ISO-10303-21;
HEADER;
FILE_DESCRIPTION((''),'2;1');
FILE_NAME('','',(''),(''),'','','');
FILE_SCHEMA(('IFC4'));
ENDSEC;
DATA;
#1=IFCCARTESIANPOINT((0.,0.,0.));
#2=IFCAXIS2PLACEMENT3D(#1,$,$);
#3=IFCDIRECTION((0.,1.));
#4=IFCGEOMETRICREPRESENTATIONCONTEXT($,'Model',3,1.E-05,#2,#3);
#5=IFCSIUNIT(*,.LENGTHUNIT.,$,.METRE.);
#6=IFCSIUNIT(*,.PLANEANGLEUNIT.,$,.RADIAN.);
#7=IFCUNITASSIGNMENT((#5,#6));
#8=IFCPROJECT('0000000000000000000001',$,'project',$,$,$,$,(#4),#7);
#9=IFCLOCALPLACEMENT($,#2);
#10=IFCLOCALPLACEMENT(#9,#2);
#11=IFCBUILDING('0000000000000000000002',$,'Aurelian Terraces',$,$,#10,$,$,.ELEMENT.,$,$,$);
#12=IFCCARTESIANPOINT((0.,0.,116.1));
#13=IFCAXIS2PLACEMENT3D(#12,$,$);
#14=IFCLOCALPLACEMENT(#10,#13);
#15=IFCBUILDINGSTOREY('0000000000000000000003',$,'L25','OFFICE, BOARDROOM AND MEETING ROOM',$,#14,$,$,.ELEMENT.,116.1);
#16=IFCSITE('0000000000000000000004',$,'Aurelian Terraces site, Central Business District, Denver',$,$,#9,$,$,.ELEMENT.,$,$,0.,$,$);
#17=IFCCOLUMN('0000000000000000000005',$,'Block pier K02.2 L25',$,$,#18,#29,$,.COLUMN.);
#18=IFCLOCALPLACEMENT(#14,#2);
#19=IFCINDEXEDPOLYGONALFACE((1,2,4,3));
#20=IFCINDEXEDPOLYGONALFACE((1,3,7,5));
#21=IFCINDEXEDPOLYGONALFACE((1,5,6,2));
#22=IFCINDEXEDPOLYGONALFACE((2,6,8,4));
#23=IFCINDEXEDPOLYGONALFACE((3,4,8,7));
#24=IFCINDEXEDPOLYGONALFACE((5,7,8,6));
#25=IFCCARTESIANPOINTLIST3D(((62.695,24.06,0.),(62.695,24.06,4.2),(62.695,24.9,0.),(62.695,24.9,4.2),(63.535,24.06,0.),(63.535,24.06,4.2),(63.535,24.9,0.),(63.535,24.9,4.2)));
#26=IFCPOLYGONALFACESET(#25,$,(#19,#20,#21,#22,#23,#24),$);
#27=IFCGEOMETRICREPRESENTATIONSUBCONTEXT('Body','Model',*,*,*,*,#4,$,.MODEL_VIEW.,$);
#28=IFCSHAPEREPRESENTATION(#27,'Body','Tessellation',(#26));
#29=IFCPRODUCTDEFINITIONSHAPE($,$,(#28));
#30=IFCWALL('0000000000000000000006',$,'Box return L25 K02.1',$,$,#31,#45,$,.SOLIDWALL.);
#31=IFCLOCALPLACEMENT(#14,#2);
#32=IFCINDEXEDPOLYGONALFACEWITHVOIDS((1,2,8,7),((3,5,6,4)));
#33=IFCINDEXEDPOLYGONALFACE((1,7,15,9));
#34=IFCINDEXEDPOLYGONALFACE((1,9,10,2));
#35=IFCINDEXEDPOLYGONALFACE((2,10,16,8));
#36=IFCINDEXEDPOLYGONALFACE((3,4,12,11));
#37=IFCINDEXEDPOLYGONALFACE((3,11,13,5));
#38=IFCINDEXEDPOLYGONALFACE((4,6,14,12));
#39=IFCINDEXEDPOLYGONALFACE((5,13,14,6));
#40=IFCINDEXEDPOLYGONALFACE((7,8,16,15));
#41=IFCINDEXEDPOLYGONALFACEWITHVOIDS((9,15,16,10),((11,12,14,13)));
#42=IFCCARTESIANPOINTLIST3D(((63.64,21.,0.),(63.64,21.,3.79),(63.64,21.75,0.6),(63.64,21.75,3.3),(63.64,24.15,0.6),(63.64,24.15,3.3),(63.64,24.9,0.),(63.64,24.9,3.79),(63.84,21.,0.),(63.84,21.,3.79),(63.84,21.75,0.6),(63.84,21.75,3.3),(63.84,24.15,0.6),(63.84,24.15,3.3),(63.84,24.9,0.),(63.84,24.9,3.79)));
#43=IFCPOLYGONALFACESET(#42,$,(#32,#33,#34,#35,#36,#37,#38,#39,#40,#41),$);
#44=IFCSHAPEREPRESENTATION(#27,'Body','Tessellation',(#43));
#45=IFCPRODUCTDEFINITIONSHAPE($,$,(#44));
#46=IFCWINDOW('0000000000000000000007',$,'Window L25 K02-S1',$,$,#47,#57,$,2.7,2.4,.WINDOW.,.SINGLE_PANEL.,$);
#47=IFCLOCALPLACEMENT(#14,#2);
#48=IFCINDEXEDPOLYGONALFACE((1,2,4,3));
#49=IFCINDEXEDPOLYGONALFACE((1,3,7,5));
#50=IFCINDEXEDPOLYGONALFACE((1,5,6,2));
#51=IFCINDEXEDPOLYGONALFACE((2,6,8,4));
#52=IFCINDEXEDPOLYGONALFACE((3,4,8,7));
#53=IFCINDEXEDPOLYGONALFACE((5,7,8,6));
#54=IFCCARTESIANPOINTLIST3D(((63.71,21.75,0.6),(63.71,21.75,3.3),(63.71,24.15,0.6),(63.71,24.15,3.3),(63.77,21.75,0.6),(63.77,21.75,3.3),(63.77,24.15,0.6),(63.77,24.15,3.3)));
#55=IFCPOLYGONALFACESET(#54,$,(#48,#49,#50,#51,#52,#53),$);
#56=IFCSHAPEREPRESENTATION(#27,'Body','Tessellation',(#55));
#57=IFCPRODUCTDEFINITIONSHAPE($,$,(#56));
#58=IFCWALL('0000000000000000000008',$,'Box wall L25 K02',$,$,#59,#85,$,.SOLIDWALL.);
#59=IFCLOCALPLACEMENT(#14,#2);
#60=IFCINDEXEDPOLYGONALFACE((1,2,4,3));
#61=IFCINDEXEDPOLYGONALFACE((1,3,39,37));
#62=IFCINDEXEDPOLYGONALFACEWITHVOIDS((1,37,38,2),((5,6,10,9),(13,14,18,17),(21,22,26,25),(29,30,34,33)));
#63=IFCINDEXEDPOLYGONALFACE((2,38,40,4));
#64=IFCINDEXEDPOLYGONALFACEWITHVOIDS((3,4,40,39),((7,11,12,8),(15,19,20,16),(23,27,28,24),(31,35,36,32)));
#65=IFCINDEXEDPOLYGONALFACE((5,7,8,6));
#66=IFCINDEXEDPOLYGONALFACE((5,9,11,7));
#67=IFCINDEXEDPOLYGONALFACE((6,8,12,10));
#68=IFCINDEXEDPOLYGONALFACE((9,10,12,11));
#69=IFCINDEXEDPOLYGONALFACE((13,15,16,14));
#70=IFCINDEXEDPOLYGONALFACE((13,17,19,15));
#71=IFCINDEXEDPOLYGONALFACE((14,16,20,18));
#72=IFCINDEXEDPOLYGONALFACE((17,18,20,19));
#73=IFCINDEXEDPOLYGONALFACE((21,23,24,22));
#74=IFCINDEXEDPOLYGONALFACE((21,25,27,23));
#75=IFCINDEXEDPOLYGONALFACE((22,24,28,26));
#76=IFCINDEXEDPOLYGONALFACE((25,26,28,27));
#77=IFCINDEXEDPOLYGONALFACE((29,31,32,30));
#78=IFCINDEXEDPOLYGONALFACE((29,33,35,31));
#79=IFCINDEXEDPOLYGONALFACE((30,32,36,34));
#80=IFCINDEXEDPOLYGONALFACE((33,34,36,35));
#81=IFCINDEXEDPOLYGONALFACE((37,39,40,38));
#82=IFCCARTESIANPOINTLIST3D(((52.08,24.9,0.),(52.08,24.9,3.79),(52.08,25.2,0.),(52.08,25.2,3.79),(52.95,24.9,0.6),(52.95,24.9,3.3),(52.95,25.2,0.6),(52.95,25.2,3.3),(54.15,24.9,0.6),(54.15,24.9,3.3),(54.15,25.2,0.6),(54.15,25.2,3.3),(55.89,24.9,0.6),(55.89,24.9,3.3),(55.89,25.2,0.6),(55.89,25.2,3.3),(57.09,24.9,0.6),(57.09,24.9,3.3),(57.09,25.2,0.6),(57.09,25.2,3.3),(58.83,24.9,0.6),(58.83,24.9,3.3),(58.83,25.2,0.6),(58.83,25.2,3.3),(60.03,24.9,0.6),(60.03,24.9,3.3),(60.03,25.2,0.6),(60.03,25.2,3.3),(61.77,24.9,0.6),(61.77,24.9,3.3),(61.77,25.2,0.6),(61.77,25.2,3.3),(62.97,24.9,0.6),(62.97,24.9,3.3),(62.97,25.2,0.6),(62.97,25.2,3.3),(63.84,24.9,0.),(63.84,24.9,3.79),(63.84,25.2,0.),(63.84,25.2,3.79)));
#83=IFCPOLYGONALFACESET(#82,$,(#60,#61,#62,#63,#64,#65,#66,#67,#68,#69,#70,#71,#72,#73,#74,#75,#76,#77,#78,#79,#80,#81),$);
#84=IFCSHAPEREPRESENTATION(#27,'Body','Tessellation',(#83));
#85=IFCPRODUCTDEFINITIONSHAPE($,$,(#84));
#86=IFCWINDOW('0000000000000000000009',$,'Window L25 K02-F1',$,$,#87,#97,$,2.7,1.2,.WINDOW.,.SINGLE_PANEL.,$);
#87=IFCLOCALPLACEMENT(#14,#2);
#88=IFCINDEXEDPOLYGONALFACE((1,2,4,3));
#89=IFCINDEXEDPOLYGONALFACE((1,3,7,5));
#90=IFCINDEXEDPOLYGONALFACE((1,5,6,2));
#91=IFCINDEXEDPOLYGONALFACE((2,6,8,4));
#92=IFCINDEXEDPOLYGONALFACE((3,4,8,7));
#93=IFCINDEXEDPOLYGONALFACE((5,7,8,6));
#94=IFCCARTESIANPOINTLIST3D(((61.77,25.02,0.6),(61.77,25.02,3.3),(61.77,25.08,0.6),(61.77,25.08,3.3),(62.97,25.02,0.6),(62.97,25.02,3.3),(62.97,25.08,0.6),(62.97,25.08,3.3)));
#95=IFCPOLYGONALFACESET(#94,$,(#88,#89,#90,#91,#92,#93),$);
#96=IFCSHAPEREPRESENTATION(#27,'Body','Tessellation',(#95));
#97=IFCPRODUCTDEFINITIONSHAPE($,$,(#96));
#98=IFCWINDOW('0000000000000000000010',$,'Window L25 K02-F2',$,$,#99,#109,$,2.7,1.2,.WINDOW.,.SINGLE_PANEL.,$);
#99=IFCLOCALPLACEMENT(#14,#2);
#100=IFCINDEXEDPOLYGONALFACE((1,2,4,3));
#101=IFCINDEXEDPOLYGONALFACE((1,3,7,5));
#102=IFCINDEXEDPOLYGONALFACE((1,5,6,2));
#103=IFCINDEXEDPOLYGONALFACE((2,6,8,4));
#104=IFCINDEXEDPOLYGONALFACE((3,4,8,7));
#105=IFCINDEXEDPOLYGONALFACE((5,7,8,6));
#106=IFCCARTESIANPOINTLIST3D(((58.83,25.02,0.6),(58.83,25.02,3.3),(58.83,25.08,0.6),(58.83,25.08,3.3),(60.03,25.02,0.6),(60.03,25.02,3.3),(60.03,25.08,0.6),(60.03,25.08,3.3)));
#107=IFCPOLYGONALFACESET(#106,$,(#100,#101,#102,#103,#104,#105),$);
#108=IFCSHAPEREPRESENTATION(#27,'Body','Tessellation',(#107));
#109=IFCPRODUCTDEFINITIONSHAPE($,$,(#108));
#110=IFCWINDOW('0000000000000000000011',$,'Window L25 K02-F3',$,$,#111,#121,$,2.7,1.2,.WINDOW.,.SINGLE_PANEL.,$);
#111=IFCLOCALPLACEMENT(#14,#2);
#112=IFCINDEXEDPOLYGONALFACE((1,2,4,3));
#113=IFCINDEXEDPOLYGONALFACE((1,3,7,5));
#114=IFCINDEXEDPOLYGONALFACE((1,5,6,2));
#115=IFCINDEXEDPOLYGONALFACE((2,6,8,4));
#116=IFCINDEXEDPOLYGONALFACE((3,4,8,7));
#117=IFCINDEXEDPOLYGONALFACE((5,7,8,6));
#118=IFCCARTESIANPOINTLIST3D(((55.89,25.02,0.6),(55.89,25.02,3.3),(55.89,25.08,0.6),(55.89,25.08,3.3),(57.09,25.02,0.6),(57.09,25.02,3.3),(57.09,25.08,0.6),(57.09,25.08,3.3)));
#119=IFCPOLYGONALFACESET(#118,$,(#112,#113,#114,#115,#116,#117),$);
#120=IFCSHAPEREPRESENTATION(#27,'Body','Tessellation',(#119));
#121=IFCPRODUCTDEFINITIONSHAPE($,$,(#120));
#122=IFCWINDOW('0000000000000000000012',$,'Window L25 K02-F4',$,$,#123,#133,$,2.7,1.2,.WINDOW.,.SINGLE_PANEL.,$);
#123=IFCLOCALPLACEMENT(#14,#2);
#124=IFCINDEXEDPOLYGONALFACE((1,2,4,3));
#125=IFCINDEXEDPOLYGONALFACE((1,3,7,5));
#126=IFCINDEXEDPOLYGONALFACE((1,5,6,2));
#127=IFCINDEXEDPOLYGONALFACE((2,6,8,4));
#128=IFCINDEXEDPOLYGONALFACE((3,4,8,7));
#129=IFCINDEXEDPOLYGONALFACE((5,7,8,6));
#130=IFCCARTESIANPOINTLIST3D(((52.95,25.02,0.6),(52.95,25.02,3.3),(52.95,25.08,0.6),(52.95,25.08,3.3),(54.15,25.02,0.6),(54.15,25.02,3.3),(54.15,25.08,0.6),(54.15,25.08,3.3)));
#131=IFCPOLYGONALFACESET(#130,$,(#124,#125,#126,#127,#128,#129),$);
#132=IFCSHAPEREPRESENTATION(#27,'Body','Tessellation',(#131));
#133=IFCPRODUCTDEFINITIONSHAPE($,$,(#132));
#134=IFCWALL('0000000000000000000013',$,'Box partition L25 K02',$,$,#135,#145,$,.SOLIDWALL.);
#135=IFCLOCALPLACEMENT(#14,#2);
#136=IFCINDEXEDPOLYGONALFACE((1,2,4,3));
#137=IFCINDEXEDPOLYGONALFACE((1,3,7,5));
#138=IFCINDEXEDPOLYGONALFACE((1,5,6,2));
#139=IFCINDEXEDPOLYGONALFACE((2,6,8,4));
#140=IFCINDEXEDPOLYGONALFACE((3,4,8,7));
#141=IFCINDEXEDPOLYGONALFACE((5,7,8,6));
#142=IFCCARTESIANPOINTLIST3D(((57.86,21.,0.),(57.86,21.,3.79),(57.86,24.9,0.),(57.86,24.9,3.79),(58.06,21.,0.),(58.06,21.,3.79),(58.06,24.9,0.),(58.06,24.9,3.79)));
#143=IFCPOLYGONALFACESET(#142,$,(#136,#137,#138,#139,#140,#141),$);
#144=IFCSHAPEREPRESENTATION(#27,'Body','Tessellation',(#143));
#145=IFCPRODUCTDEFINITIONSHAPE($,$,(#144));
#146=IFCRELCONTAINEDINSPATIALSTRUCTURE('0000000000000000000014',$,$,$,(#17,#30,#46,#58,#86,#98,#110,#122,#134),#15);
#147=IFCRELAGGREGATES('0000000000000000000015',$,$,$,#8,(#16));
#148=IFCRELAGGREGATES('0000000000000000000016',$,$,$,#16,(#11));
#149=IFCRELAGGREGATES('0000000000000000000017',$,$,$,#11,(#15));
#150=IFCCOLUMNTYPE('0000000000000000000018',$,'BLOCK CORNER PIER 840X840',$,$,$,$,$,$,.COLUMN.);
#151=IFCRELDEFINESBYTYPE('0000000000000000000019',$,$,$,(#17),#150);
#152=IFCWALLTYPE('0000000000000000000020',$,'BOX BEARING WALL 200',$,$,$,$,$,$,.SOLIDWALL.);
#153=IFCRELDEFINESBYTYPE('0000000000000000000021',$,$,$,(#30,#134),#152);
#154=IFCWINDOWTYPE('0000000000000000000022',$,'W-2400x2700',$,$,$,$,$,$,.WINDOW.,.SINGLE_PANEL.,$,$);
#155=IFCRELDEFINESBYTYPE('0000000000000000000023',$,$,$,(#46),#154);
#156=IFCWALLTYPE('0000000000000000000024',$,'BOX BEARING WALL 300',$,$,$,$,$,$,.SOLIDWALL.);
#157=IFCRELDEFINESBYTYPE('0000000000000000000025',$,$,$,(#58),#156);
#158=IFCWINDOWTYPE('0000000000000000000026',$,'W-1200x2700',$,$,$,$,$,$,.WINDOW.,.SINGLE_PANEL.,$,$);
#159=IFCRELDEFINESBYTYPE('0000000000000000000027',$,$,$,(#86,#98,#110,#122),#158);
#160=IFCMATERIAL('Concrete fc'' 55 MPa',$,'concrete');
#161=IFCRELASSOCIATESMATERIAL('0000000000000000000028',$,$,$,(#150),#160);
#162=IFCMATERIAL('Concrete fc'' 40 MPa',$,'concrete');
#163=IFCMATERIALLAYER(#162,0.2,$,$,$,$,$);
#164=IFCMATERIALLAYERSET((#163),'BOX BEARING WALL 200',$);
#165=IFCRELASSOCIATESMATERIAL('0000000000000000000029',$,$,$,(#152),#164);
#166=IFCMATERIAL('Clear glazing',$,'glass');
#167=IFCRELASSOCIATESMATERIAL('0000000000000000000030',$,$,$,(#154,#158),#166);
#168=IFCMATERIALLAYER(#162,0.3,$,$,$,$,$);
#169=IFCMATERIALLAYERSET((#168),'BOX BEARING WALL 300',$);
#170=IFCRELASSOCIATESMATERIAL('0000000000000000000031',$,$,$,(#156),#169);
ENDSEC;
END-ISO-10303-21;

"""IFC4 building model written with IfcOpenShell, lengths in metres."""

from ifc_helpers import new_model, si_unit, direction, frame, frame_2d, origin, origin_2d, place, context, subcontext, project, spatial, rectangle, extrude, source, transform, mapped, material, layer, layer_set, material_profile, profile_set, type_object, element, fill, save


model = new_model("IFC4")

# Units and contexts
model_context = context("Model", 3, precision=1e-05, world=origin(), true_north=direction((0.0, 1.0)))
body_context = subcontext(model_context, "Body", "Model", "MODEL_VIEW")
ifc_project = project(units=[si_unit("LENGTHUNIT", "METRE"), si_unit("PLANEANGLEUNIT", "RADIAN")], contexts=[model_context])

# Site, building, storey
site_placement = place(None, origin())
site = spatial("IfcSite", under=ifc_project, at=site_placement, Name="Aurelian Terraces site, Central Business District, Denver", CompositionType="ELEMENT", RefElevation=0.0)
building_placement = place(site_placement, origin())
building = spatial("IfcBuilding", under=site, at=building_placement, Name="Aurelian Terraces", CompositionType="ELEMENT")
storey_placement = place(building_placement, frame((0.0, 0.0, 116.1)))
storey = spatial("IfcBuildingStorey", under=building, at=storey_placement, Name="L25", Description="OFFICE, BOARDROOM AND MEETING ROOM", CompositionType="ELEMENT", Elevation=116.1)

# Column
ifc_material_1 = material(Name="Concrete fc' 55 MPa", Category="concrete")
ifc_material_profile = material_profile(ifc_material_1, rectangle(XDim=0.84, YDim=0.84, at=origin_2d()))
ifc_profile_set = profile_set([ifc_material_profile], Name="Concrete fc' 55 MPa")
column_type = type_object("IfcColumnType", Name="BLOCK CORNER PIER 840X840", PredefinedType="COLUMN", material=ifc_profile_set)
shared_shape_1 = source(origin(), body_context, "Body", "SweptSolid", [
    extrude(rectangle(XDim=0.84, YDim=0.84, at=origin_2d()), origin(), (0.0, 0.0, 1.0), 4.2),
])
column_placement = place(storey_placement, frame((63.115, 24.48, 0.0), z_axis=(0.0, 0.0, 1.0), x_axis=(1.0, 0.0, 0.0)))
element("IfcColumn", 1, at=column_placement, inside=storey, type_object=column_type, Name="Block pier K02.2 L25", PredefinedType="COLUMN", context=body_context, shape_type="MappedRepresentation", body=[
    mapped(shared_shape_1, transform((0.0, 0.0, 0.0), scale=1.0)),
])

# Wall, opening, window
ifc_material_2 = material(Name="Concrete fc' 40 MPa", Category="concrete")
ifc_layer_1 = layer(ifc_material_2, 0.2)
ifc_layer_set_1 = layer_set([ifc_layer_1], Name="BOX BEARING WALL 200")
wall_type_1 = type_object("IfcWallType", Name="BOX BEARING WALL 200", PredefinedType="SOLIDWALL", material=ifc_layer_set_1)
shared_shape_2 = source(origin(), body_context, "Body", "SweptSolid", [
    extrude(rectangle(XDim=3.9, YDim=0.2, at=frame_2d((1.95, 0.0))), origin(), (0.0, 0.0, 1.0), 3.79),
])
wall_1_placement = place(storey_placement, frame((63.74, 21.0, 0.0), z_axis=(0.0, 0.0, 1.0), x_axis=(0.0, 1.0, 0.0)))
wall_1 = element("IfcWall", 2, at=wall_1_placement, inside=storey, type_object=wall_type_1, Name="Box return L25 K02.1", PredefinedType="SOLIDWALL", context=body_context, shape_type="MappedRepresentation", body=[
    mapped(shared_shape_2, transform((0.0, 0.0, 0.0), scale=1.0)),
])
shared_shape_3 = source(origin(), body_context, "Body", "SweptSolid", [
    extrude(rectangle(XDim=2.4, YDim=2.7, at=frame_2d((1.2, 1.35))), frame((0.0, 0.11, 0.0), z_axis=(0.0, -1.0, 0.0), x_axis=(1.0, 0.0, 0.0)), (0.0, 0.0, 1.0), 0.22),
])
opening_1_placement = place(wall_1_placement, frame((0.75, 0.0, 0.6)))
opening_1 = element("IfcOpeningElement", 3, at=opening_1_placement, cuts=wall_1, PredefinedType="OPENING", context=body_context, shape_type="MappedRepresentation", body=[
    mapped(shared_shape_3, transform((0.0, 0.0, 0.0), scale=1.0)),
])
ifc_material_3 = material(Name="Clear glazing", Category="glass")
window_type_1 = type_object("IfcWindowType", Name="W-2400x2700", PartitioningType="SINGLE_PANEL", PredefinedType="WINDOW", material=ifc_material_3)
shared_shape_4 = source(origin(), body_context, "Body", "SweptSolid", [
    extrude(rectangle(XDim=2.4, YDim=2.7, at=frame_2d((1.2, 1.35))), frame((0.0, 0.03, 0.0), z_axis=(0.0, -1.0, 0.0), x_axis=(1.0, 0.0, 0.0)), (0.0, 0.0, 1.0), 0.06),
])
window_1_placement = place(opening_1_placement, origin())
window_1 = element("IfcWindow", 4, at=window_1_placement, inside=storey, type_object=window_type_1, Name="Window L25 K02-S1", OverallHeight=2.7, OverallWidth=2.4, PartitioningType="SINGLE_PANEL", PredefinedType="WINDOW", context=body_context, shape_type="MappedRepresentation", body=[
    mapped(shared_shape_4, transform((0.0, 0.0, 0.0), scale=1.0)),
])
fill(opening_1, window_1)

# Wall, openings, windows
ifc_layer_2 = layer(ifc_material_2, 0.3)
ifc_layer_set_2 = layer_set([ifc_layer_2], Name="BOX BEARING WALL 300")
wall_type_2 = type_object("IfcWallType", Name="BOX BEARING WALL 300", PredefinedType="SOLIDWALL", material=ifc_layer_set_2)
shared_shape_5 = source(origin(), body_context, "Body", "SweptSolid", [
    extrude(rectangle(XDim=11.76, YDim=0.3, at=frame_2d((5.88, 0.0))), origin(), (0.0, 0.0, 1.0), 3.79),
])
wall_2_placement = place(storey_placement, frame((63.84, 25.05, 0.0), z_axis=(0.0, 0.0, 1.0), x_axis=(-1.0, 0.0, 0.0)))
wall_2 = element("IfcWall", 5, at=wall_2_placement, inside=storey, type_object=wall_type_2, Name="Box wall L25 K02", PredefinedType="SOLIDWALL", context=body_context, shape_type="MappedRepresentation", body=[
    mapped(shared_shape_5, transform((0.0, 0.0, 0.0), scale=1.0)),
])
shared_shape_6 = source(origin(), body_context, "Body", "SweptSolid", [
    extrude(rectangle(XDim=1.2, YDim=2.7, at=frame_2d((0.6, 1.35))), frame((0.0, 0.16, 0.0), z_axis=(0.0, -1.0, 0.0), x_axis=(1.0, 0.0, 0.0)), (0.0, 0.0, 1.0), 0.32),
])
opening_2_placement = place(wall_2_placement, frame((0.87, 0.0, 0.6)))
opening_2 = element("IfcOpeningElement", 6, at=opening_2_placement, cuts=wall_2, PredefinedType="OPENING", context=body_context, shape_type="MappedRepresentation", body=[
    mapped(shared_shape_6, transform((0.0, 0.0, 0.0), scale=1.0)),
])
opening_3_placement = place(wall_2_placement, frame((3.81, 0.0, 0.6)))
opening_3 = element("IfcOpeningElement", 7, at=opening_3_placement, cuts=wall_2, PredefinedType="OPENING", context=body_context, shape_type="MappedRepresentation", body=[
    mapped(shared_shape_6, transform((0.0, 0.0, 0.0), scale=1.0)),
])
opening_4_placement = place(wall_2_placement, frame((6.75, 0.0, 0.6)))
opening_4 = element("IfcOpeningElement", 8, at=opening_4_placement, cuts=wall_2, PredefinedType="OPENING", context=body_context, shape_type="MappedRepresentation", body=[
    mapped(shared_shape_6, transform((0.0, 0.0, 0.0), scale=1.0)),
])
opening_5_placement = place(wall_2_placement, frame((9.69, 0.0, 0.6)))
opening_5 = element("IfcOpeningElement", 9, at=opening_5_placement, cuts=wall_2, PredefinedType="OPENING", context=body_context, shape_type="MappedRepresentation", body=[
    mapped(shared_shape_6, transform((0.0, 0.0, 0.0), scale=1.0)),
])
window_type_2 = type_object("IfcWindowType", Name="W-1200x2700", PartitioningType="SINGLE_PANEL", PredefinedType="WINDOW", material=ifc_material_3)
shared_shape_7 = source(origin(), body_context, "Body", "SweptSolid", [
    extrude(rectangle(XDim=1.2, YDim=2.7, at=frame_2d((0.6, 1.35))), frame((0.0, 0.03, 0.0), z_axis=(0.0, -1.0, 0.0), x_axis=(1.0, 0.0, 0.0)), (0.0, 0.0, 1.0), 0.06),
])
window_2_placement = place(opening_2_placement, origin())
window_2 = element("IfcWindow", 10, at=window_2_placement, inside=storey, type_object=window_type_2, Name="Window L25 K02-F1", OverallHeight=2.7, OverallWidth=1.2, PartitioningType="SINGLE_PANEL", PredefinedType="WINDOW", context=body_context, shape_type="MappedRepresentation", body=[
    mapped(shared_shape_7, transform((0.0, 0.0, 0.0), scale=1.0)),
])
fill(opening_2, window_2)
window_3_placement = place(opening_3_placement, origin())
window_3 = element("IfcWindow", 11, at=window_3_placement, inside=storey, type_object=window_type_2, Name="Window L25 K02-F2", OverallHeight=2.7, OverallWidth=1.2, PartitioningType="SINGLE_PANEL", PredefinedType="WINDOW", context=body_context, shape_type="MappedRepresentation", body=[
    mapped(shared_shape_7, transform((0.0, 0.0, 0.0), scale=1.0)),
])
fill(opening_3, window_3)
window_4_placement = place(opening_4_placement, origin())
window_4 = element("IfcWindow", 12, at=window_4_placement, inside=storey, type_object=window_type_2, Name="Window L25 K02-F3", OverallHeight=2.7, OverallWidth=1.2, PartitioningType="SINGLE_PANEL", PredefinedType="WINDOW", context=body_context, shape_type="MappedRepresentation", body=[
    mapped(shared_shape_7, transform((0.0, 0.0, 0.0), scale=1.0)),
])
fill(opening_4, window_4)
window_5_placement = place(opening_5_placement, origin())
window_5 = element("IfcWindow", 13, at=window_5_placement, inside=storey, type_object=window_type_2, Name="Window L25 K02-F4", OverallHeight=2.7, OverallWidth=1.2, PartitioningType="SINGLE_PANEL", PredefinedType="WINDOW", context=body_context, shape_type="MappedRepresentation", body=[
    mapped(shared_shape_7, transform((0.0, 0.0, 0.0), scale=1.0)),
])
fill(opening_5, window_5)

# Wall
shared_shape_8 = source(origin(), body_context, "Body", "SweptSolid", [
    extrude(rectangle(XDim=3.9, YDim=0.2, at=frame_2d((1.95, 0.0))), origin(), (0.0, 0.0, 1.0), 3.79),
])
wall_3_placement = place(storey_placement, frame((57.96, 21.0, 0.0), z_axis=(0.0, 0.0, 1.0), x_axis=(0.0, 1.0, 0.0)))
element("IfcWall", 14, at=wall_3_placement, inside=storey, type_object=wall_type_1, Name="Box partition L25 K02", PredefinedType="SOLIDWALL", context=body_context, shape_type="MappedRepresentation", body=[
    mapped(shared_shape_8, transform((0.0, 0.0, 0.0), scale=1.0)),
])

save(model, "model.ifc")
